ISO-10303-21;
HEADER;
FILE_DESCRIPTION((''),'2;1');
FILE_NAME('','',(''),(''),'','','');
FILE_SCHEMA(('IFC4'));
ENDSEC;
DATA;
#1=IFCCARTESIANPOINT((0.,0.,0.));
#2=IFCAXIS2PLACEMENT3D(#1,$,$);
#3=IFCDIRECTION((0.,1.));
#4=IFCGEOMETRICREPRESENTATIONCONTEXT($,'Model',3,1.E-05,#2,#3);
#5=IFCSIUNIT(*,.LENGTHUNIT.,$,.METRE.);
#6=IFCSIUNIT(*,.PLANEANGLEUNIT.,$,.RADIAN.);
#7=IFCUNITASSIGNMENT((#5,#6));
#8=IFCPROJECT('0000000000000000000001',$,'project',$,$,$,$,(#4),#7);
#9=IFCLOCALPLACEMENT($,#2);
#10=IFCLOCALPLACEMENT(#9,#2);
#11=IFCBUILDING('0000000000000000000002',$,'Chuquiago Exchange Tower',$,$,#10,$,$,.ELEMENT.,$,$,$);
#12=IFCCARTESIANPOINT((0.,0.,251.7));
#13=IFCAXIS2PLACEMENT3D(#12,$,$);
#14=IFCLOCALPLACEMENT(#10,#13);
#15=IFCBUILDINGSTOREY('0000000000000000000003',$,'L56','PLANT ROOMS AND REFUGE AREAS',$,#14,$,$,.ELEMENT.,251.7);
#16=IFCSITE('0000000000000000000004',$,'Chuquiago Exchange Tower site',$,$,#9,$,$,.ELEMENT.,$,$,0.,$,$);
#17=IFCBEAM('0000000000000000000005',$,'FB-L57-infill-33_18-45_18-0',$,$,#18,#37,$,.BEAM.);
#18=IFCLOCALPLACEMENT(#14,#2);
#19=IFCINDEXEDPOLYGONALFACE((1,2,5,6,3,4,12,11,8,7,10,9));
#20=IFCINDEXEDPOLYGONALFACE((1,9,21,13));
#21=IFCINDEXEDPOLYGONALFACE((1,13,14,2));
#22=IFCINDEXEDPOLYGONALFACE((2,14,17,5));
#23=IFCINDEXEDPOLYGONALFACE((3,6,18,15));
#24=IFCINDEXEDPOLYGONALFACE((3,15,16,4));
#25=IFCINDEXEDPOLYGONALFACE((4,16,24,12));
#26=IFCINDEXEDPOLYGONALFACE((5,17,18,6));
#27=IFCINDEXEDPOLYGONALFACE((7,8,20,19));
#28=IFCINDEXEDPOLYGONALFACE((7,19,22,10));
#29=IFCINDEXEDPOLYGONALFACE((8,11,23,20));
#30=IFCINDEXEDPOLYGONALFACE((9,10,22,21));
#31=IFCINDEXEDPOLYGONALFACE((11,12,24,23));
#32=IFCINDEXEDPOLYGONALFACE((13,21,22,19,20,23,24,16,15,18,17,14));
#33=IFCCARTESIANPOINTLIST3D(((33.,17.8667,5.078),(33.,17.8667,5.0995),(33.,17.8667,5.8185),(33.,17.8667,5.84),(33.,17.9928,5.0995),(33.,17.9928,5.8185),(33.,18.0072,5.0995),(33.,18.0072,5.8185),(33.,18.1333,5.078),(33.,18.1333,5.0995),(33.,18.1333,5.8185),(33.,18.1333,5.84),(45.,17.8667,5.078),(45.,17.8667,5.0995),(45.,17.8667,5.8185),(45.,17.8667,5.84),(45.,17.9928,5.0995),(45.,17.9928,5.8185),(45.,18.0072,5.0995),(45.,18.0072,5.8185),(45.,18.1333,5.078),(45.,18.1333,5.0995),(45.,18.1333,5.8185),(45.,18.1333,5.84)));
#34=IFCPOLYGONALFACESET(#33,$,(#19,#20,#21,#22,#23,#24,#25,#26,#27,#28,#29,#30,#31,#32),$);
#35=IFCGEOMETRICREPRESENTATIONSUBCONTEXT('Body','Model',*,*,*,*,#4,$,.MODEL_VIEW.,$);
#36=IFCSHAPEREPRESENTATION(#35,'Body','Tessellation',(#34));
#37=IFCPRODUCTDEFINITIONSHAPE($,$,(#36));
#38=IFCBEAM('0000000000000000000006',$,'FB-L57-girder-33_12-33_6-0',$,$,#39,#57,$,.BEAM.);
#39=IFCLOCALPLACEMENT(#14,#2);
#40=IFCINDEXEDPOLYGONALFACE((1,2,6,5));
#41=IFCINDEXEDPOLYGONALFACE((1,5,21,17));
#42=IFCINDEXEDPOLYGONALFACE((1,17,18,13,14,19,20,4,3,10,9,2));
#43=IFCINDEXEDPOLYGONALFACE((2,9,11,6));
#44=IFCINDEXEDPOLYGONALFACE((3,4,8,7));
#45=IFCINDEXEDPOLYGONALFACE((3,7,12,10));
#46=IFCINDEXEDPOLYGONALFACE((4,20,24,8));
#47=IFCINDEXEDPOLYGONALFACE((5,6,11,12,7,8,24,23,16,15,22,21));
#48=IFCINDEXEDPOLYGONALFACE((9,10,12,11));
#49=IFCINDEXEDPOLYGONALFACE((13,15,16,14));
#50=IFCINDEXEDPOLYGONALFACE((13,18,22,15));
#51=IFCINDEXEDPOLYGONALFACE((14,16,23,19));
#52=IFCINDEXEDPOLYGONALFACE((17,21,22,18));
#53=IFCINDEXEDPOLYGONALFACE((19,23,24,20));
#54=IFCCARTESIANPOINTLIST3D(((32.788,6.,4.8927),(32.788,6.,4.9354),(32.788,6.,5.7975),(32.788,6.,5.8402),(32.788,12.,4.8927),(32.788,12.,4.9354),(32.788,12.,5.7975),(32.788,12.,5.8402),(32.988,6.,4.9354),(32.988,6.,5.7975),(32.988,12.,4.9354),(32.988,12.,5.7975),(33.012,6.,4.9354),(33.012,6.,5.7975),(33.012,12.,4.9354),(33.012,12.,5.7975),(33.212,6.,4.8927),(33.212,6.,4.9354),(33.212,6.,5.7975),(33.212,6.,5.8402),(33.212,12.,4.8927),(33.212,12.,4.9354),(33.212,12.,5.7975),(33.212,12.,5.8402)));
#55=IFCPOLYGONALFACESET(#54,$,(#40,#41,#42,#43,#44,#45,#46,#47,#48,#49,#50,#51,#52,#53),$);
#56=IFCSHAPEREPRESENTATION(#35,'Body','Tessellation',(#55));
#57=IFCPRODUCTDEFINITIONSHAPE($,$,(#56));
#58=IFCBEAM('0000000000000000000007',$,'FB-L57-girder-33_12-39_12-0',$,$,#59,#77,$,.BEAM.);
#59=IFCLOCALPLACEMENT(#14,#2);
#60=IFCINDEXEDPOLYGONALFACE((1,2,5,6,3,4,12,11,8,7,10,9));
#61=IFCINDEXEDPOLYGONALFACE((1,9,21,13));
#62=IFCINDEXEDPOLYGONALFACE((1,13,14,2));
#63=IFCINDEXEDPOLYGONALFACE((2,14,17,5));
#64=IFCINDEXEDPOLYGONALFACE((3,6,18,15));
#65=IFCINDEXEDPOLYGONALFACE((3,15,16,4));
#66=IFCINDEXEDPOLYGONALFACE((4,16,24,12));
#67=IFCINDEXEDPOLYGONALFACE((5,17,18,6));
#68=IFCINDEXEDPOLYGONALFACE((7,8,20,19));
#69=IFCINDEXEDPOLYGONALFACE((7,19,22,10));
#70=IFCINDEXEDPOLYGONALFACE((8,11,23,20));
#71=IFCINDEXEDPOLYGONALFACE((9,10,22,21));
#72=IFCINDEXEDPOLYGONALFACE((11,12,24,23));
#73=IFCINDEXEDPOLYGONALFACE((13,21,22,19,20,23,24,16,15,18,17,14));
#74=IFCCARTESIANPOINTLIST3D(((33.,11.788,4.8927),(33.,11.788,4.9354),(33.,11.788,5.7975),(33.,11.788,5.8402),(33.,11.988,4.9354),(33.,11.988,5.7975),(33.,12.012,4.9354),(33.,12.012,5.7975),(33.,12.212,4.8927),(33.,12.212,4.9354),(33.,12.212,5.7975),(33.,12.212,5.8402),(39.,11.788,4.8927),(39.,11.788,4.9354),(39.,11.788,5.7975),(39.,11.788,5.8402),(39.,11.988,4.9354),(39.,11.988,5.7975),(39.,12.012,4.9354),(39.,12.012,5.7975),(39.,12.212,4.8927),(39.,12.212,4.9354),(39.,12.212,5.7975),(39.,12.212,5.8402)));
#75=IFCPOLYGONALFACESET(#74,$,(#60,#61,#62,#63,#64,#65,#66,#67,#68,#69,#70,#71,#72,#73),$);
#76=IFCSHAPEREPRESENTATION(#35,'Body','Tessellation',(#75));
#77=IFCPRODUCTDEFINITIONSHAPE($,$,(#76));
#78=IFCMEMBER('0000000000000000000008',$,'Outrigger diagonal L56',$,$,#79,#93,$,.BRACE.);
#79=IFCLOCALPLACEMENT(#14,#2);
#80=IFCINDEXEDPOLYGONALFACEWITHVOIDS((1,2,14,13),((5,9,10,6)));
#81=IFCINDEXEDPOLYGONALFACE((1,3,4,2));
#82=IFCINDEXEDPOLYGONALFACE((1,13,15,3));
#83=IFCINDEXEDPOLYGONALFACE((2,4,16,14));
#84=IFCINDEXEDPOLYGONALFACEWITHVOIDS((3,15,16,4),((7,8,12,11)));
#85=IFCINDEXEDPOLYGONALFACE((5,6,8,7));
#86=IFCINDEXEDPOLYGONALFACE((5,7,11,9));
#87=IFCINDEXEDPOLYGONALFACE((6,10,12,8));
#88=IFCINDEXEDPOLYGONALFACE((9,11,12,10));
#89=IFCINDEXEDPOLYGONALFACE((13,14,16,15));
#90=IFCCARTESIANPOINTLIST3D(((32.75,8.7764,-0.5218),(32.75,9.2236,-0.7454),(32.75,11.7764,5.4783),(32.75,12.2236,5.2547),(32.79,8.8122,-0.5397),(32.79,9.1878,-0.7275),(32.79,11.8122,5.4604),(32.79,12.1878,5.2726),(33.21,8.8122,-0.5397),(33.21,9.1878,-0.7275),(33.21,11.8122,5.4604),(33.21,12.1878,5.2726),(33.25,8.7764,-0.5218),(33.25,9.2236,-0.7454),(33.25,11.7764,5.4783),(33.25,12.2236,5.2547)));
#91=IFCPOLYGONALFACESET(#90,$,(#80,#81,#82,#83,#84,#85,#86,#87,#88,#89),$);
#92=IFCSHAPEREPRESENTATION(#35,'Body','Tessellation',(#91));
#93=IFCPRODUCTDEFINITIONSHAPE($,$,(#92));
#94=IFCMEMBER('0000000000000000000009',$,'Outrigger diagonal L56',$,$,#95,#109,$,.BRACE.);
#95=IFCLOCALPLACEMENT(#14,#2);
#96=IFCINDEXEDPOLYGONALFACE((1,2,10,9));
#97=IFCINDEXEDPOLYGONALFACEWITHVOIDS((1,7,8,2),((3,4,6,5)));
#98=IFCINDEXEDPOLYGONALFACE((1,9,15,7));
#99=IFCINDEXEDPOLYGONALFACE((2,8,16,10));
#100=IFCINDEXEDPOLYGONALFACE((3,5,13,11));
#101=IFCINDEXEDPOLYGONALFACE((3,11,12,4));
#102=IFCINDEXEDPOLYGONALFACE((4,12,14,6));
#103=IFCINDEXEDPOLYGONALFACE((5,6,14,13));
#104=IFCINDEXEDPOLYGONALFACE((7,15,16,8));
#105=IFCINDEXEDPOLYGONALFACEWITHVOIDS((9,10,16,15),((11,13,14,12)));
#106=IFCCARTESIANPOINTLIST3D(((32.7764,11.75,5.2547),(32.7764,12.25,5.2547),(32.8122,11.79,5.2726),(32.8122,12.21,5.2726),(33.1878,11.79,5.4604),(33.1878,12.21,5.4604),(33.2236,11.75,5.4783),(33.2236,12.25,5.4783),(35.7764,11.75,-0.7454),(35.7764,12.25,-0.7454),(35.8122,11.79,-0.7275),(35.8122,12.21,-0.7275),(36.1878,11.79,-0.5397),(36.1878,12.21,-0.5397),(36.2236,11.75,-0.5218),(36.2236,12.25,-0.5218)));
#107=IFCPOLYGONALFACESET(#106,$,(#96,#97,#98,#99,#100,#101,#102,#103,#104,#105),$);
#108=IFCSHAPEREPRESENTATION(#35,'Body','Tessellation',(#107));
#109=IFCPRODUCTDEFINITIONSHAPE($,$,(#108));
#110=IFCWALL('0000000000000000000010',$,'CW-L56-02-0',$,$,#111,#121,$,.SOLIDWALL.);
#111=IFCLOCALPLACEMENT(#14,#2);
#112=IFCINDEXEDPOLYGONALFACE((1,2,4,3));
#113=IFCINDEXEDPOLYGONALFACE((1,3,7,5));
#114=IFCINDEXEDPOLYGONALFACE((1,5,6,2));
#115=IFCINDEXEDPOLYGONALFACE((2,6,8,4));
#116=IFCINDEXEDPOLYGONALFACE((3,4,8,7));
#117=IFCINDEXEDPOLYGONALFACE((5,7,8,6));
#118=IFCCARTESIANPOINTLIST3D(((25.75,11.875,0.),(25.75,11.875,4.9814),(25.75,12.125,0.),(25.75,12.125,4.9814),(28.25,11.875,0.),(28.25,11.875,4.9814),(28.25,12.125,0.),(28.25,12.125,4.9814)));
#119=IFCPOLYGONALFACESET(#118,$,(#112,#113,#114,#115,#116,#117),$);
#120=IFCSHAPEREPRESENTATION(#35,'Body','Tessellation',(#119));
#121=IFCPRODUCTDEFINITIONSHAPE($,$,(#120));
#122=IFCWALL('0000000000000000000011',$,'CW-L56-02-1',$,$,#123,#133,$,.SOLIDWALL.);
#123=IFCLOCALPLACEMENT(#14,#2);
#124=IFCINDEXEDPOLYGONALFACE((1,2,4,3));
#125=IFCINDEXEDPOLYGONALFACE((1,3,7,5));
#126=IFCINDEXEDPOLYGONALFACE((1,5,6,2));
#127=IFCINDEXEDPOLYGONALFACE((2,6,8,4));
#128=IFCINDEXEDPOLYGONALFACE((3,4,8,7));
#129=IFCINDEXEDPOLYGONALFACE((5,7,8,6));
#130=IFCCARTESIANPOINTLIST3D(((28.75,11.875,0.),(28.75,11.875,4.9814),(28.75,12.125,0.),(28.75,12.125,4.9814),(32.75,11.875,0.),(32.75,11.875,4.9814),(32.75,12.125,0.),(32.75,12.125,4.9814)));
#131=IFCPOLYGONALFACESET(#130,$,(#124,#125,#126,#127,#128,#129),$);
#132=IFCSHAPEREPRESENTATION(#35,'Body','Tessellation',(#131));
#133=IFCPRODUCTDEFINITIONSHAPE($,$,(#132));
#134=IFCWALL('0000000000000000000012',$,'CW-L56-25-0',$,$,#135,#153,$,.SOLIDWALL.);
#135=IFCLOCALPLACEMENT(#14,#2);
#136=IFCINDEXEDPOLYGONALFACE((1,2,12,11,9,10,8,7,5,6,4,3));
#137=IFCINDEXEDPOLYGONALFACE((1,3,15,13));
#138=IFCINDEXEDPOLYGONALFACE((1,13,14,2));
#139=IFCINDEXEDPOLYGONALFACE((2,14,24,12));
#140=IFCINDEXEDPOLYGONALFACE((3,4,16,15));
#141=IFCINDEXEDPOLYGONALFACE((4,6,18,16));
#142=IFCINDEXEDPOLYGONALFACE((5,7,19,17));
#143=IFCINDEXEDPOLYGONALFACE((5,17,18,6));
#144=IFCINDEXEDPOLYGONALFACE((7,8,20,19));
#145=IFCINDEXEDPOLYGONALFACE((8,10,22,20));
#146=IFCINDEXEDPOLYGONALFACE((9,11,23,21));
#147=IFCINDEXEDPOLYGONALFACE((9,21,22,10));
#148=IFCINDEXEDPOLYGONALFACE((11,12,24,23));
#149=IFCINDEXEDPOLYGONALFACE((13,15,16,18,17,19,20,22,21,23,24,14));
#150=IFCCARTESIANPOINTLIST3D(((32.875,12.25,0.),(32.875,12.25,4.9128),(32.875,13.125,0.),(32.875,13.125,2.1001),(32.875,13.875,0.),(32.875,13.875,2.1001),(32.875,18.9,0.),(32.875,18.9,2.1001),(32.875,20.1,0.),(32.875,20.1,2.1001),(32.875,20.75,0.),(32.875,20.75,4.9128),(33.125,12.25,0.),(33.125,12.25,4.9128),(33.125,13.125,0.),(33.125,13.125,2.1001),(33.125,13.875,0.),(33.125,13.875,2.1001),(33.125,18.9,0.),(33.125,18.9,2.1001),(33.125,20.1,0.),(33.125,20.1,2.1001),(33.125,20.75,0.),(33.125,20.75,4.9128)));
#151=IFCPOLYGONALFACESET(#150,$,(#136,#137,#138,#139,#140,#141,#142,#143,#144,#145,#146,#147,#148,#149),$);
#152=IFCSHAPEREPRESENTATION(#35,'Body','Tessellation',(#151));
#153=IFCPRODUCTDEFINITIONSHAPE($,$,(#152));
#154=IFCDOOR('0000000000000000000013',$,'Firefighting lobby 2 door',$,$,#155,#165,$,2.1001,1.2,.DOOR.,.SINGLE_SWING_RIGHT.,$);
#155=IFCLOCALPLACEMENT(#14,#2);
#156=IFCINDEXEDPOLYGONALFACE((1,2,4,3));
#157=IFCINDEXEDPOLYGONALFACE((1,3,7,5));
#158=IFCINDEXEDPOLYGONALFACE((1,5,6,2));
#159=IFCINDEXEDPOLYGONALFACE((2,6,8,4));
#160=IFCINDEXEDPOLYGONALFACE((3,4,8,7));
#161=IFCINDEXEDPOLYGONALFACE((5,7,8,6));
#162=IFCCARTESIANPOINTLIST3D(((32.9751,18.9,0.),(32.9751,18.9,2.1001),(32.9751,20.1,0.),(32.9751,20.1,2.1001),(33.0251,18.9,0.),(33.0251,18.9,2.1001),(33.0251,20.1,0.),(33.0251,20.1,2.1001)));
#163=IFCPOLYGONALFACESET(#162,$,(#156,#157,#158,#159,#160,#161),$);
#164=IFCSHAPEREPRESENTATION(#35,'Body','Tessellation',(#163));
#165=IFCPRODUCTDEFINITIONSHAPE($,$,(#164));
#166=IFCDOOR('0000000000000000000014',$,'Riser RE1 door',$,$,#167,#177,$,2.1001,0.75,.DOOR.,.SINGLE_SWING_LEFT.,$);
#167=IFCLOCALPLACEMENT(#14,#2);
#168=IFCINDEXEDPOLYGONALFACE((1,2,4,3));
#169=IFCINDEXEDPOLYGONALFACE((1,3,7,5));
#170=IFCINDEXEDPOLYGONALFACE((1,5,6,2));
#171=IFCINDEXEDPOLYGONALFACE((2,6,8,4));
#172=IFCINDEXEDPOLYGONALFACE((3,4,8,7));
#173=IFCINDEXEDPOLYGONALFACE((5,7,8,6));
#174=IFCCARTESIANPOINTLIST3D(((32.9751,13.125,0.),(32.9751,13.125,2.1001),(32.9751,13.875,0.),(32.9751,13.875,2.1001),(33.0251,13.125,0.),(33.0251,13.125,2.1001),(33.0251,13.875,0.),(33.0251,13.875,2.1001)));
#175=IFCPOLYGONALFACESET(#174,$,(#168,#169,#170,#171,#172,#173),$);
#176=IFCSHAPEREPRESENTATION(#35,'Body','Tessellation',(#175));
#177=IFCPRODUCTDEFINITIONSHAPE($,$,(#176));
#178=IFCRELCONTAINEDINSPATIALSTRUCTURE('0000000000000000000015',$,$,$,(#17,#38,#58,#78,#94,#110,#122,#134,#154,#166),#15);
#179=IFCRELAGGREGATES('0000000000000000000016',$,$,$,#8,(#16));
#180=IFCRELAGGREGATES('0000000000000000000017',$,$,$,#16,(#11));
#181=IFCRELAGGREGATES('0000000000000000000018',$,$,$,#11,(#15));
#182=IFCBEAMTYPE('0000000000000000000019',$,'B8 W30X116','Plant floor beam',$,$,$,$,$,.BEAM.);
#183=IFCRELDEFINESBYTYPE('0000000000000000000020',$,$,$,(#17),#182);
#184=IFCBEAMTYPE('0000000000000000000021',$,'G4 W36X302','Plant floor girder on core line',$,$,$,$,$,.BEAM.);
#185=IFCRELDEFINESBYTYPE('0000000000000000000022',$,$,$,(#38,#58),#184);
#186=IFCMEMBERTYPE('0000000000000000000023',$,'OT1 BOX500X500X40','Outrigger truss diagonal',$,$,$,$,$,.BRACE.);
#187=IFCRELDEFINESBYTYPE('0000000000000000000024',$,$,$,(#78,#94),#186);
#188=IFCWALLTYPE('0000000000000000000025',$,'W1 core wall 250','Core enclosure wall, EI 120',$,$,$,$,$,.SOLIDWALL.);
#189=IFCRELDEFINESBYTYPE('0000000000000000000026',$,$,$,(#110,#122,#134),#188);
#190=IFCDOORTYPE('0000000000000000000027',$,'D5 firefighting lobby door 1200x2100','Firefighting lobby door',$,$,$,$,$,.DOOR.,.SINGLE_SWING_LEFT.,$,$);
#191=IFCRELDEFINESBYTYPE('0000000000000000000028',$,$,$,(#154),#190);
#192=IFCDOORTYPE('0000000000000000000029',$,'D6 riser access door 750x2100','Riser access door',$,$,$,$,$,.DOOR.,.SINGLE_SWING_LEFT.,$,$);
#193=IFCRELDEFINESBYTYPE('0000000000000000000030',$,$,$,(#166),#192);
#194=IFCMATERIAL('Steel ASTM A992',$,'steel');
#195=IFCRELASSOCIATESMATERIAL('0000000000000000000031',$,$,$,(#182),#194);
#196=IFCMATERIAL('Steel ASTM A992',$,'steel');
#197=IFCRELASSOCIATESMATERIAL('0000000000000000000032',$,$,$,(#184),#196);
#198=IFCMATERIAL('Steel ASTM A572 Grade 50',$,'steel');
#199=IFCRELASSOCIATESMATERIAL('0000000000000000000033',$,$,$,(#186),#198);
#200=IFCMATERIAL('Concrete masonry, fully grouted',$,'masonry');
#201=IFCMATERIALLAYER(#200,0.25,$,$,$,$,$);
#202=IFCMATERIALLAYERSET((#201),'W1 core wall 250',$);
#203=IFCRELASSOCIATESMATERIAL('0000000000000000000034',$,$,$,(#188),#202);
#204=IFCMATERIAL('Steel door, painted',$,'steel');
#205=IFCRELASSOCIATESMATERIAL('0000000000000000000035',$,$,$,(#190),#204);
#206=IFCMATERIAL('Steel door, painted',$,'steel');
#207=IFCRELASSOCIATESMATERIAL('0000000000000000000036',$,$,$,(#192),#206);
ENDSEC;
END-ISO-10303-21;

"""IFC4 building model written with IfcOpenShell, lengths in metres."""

from ifc_helpers import new_model, si_unit, direction, frame, frame_2d, origin, origin_2d, place, context, subcontext, project, spatial, rectangle, hollow_rectangle, i_section, extrude, material, layer, layer_set, material_profile, profile_set, type_object, element, fill, save


model = new_model("IFC4")

# Units and contexts
model_context = context("Model", 3, precision=1e-05, world=origin(), true_north=direction((0.0, 1.0)))
body_context = subcontext(model_context, "Body", "Model", "MODEL_VIEW")
ifc_project = project(units=[si_unit("LENGTHUNIT", "METRE"), si_unit("PLANEANGLEUNIT", "RADIAN")], contexts=[model_context])

# Site, building, storey
site_placement = place(None, origin())
site = spatial("IfcSite", under=ifc_project, at=site_placement, Name="Chuquiago Exchange Tower site", CompositionType="ELEMENT", RefElevation=0.0)
building_placement = place(site_placement, origin())
building = spatial("IfcBuilding", under=site, at=building_placement, Name="Chuquiago Exchange Tower", CompositionType="ELEMENT")
storey_placement = place(building_placement, frame((0.0, 0.0, 251.7)))
storey = spatial("IfcBuildingStorey", under=building, at=storey_placement, Name="L56", Description="PLANT ROOMS AND REFUGE AREAS", CompositionType="ELEMENT", Elevation=251.7)

# Beams
ifc_material_1 = material(Name="Steel ASTM A992", Category="steel")
ifc_material_profile_1 = material_profile(ifc_material_1, i_section(OverallWidth=0.2666, OverallDepth=0.762, WebThickness=0.0144, FlangeThickness=0.0215, at=origin_2d()), Name="W30X116")
ifc_profile_set_1 = profile_set([ifc_material_profile_1], Name="Steel ASTM A992")
beam_type_1 = type_object("IfcBeamType", Name="B8 W30X116", Description="Plant floor beam", PredefinedType="BEAM", material=ifc_profile_set_1)
beam_1_placement = place(storey_placement, frame((33.0, 18.0, 5.459), z_axis=(1.0, 0.0, 0.0), x_axis=(0.0, 1.0, 0.0)))
element("IfcBeam", 1, at=beam_1_placement, inside=storey, type_object=beam_type_1, Name="FB-L57-infill-33_18-45_18-0", PredefinedType="BEAM", context=body_context, shape_type="SweptSolid", body=[
    extrude(i_section(OverallWidth=0.2666, OverallDepth=0.762, WebThickness=0.0144, FlangeThickness=0.0215, at=origin_2d()), origin(), (0.0, 0.0, 1.0), 12.0),
])
ifc_material_2 = material(Name="Steel ASTM A992", Category="steel")
ifc_material_profile_2 = material_profile(ifc_material_2, i_section(OverallWidth=0.4241, OverallDepth=0.9475, WebThickness=0.0239, FlangeThickness=0.0427, at=origin_2d()), Name="W36X302")
ifc_profile_set_2 = profile_set([ifc_material_profile_2], Name="Steel ASTM A992")
beam_type_2 = type_object("IfcBeamType", Name="G4 W36X302", Description="Plant floor girder on core line", PredefinedType="BEAM", material=ifc_profile_set_2)
for number, where, z_axis, x_axis, name in (
    (2, (33.0, 12.0, 5.3665), (0.0, -1.0, 0.0), (1.0, 0.0, 0.0), "FB-L57-girder-33_12-33_6-0"),
    (3, (33.0, 12.0, 5.3665), (1.0, 0.0, 0.0), (0.0, 1.0, 0.0), "FB-L57-girder-33_12-39_12-0"),
):
    element("IfcBeam", number, at=place(storey_placement, frame(where, z_axis=z_axis, x_axis=x_axis)), inside=storey, type_object=beam_type_2, Name=name, PredefinedType="BEAM", context=body_context, shape_type="SweptSolid", body=[
        extrude(i_section(OverallWidth=0.4241, OverallDepth=0.9475, WebThickness=0.0239, FlangeThickness=0.0427, at=origin_2d()), origin(), (0.0, 0.0, 1.0), 6.0),
    ])

# Members
ifc_material_3 = material(Name="Steel ASTM A572 Grade 50", Category="steel")
ifc_material_profile_3 = material_profile(ifc_material_3, hollow_rectangle(XDim=0.5, YDim=0.5, WallThickness=0.04, at=origin_2d()), Name="BOX500X500X40")
ifc_profile_set_3 = profile_set([ifc_material_profile_3], Name="Steel ASTM A572 Grade 50")
member_type = type_object("IfcMemberType", Name="OT1 BOX500X500X40", Description="Outrigger truss diagonal", PredefinedType="BRACE", material=ifc_profile_set_3)
for number, where, z_axis, x_axis, name in (
    (4, (33.0, 12.0, 5.3665), (0.0, -0.447214, -0.894427), (1.0, 0.0, 0.0), "Outrigger diagonal L56"),
    (5, (33.0, 12.0, 5.3665), (0.447214, 0.0, -0.894427), (0.0, 1.0, 0.0), "Outrigger diagonal L56"),
):
    element("IfcMember", number, at=place(storey_placement, frame(where, z_axis=z_axis, x_axis=x_axis)), inside=storey, type_object=member_type, Name=name, PredefinedType="BRACE", context=body_context, shape_type="SweptSolid", body=[
        extrude(hollow_rectangle(XDim=0.5, YDim=0.5, WallThickness=0.04, at=origin_2d()), origin(), (0.0, 0.0, 1.0), 6.7083),
    ])

# Walls
ifc_material_4 = material(Name="Concrete masonry, fully grouted", Category="masonry")
ifc_layer_1 = layer(ifc_material_4, 0.25)
ifc_layer_set_1 = layer_set([ifc_layer_1], Name="W1 core wall 250")
wall_type_1 = type_object("IfcWallType", Name="W1 core wall 250", Description="Core enclosure wall, EI 120", PredefinedType="SOLIDWALL", material=ifc_layer_set_1)
wall_1_placement = place(storey_placement, frame((25.75, 12.0, 0.0), z_axis=(0.0, 0.0, 1.0), x_axis=(1.0, 0.0, 0.0)))
element("IfcWall", 6, at=wall_1_placement, inside=storey, type_object=wall_type_1, Name="CW-L56-02-0", PredefinedType="SOLIDWALL", context=body_context, shape_type="SweptSolid", body=[
    extrude(rectangle(XDim=2.5, YDim=0.25, at=frame_2d((1.25, 0.0))), origin(), (0.0, 0.0, 1.0), 4.9814),
])
wall_2_placement = place(storey_placement, frame((28.75, 12.0, 0.0), z_axis=(0.0, 0.0, 1.0), x_axis=(1.0, 0.0, 0.0)))
element("IfcWall", 7, at=wall_2_placement, inside=storey, type_object=wall_type_1, Name="CW-L56-02-1", PredefinedType="SOLIDWALL", context=body_context, shape_type="SweptSolid", body=[
    extrude(rectangle(XDim=4.0, YDim=0.25, at=frame_2d((2.0, 0.0))), origin(), (0.0, 0.0, 1.0), 4.9814),
])

# Wall, openings, doors
wall_3_placement = place(storey_placement, frame((33.0, 12.25, 0.0), z_axis=(0.0, 0.0, 1.0), x_axis=(0.0, 1.0, 0.0)))
wall_3 = element("IfcWall", 8, at=wall_3_placement, inside=storey, type_object=wall_type_1, Name="CW-L56-25-0", PredefinedType="SOLIDWALL", context=body_context, shape_type="SweptSolid", body=[
    extrude(rectangle(XDim=8.5, YDim=0.25, at=frame_2d((4.25, 0.0))), origin(), (0.0, 0.0, 1.0), 4.9128),
])
opening_1_placement = place(wall_3_placement, frame((6.6499, 0.0, 0.0)))
opening_1 = element("IfcOpeningElement", 9, at=opening_1_placement, cuts=wall_3, PredefinedType="OPENING", context=body_context, shape_type="SweptSolid", body=[
    extrude(rectangle(XDim=1.2, YDim=2.1001, at=frame_2d((0.6001, 1.05))), frame((0.0, 0.135, 0.0), z_axis=(0.0, -1.0, 0.0), x_axis=(1.0, 0.0, 0.0)), (0.0, 0.0, 1.0), 0.27),
])
opening_2_placement = place(wall_3_placement, frame((0.875, 0.0, 0.0)))
opening_2 = element("IfcOpeningElement", 10, at=opening_2_placement, cuts=wall_3, PredefinedType="OPENING", context=body_context, shape_type="SweptSolid", body=[
    extrude(rectangle(XDim=0.75, YDim=2.1001, at=frame_2d((0.375, 1.05))), frame((0.0, 0.135, 0.0), z_axis=(0.0, -1.0, 0.0), x_axis=(1.0, 0.0, 0.0)), (0.0, 0.0, 1.0), 0.27),
])
ifc_material_5 = material(Name="Steel door, painted", Category="steel")
door_type_1 = type_object("IfcDoorType", Name="D5 firefighting lobby door 1200x2100", Description="Firefighting lobby door", OperationType="SINGLE_SWING_LEFT", PredefinedType="DOOR", material=ifc_material_5)
door_1_placement = place(opening_1_placement, origin())
door_1 = element("IfcDoor", 11, at=door_1_placement, inside=storey, type_object=door_type_1, Name="Firefighting lobby 2 door", OperationType="SINGLE_SWING_RIGHT", OverallHeight=2.1001, OverallWidth=1.2, PredefinedType="DOOR", context=body_context, shape_type="SweptSolid", body=[
    extrude(rectangle(XDim=1.2, YDim=2.1001, at=frame_2d((0.6001, 1.05))), frame((0.0, 0.0249, 0.0), z_axis=(0.0, -1.0, 0.0), x_axis=(1.0, 0.0, 0.0)), (0.0, 0.0, 1.0), 0.05),
])
fill(opening_1, door_1)
ifc_material_6 = material(Name="Steel door, painted", Category="steel")
door_type_2 = type_object("IfcDoorType", Name="D6 riser access door 750x2100", Description="Riser access door", OperationType="SINGLE_SWING_LEFT", PredefinedType="DOOR", material=ifc_material_6)
door_2_placement = place(opening_2_placement, origin())
door_2 = element("IfcDoor", 12, at=door_2_placement, inside=storey, type_object=door_type_2, Name="Riser RE1 door", OperationType="SINGLE_SWING_LEFT", OverallHeight=2.1001, OverallWidth=0.75, PredefinedType="DOOR", context=body_context, shape_type="SweptSolid", body=[
    extrude(rectangle(XDim=0.75, YDim=2.1001, at=frame_2d((0.375, 1.05))), frame((0.0, 0.0249, 0.0), z_axis=(0.0, -1.0, 0.0), x_axis=(1.0, 0.0, 0.0)), (0.0, 0.0, 1.0), 0.05),
])
fill(opening_2, door_2)

save(model, "model.ifc")
